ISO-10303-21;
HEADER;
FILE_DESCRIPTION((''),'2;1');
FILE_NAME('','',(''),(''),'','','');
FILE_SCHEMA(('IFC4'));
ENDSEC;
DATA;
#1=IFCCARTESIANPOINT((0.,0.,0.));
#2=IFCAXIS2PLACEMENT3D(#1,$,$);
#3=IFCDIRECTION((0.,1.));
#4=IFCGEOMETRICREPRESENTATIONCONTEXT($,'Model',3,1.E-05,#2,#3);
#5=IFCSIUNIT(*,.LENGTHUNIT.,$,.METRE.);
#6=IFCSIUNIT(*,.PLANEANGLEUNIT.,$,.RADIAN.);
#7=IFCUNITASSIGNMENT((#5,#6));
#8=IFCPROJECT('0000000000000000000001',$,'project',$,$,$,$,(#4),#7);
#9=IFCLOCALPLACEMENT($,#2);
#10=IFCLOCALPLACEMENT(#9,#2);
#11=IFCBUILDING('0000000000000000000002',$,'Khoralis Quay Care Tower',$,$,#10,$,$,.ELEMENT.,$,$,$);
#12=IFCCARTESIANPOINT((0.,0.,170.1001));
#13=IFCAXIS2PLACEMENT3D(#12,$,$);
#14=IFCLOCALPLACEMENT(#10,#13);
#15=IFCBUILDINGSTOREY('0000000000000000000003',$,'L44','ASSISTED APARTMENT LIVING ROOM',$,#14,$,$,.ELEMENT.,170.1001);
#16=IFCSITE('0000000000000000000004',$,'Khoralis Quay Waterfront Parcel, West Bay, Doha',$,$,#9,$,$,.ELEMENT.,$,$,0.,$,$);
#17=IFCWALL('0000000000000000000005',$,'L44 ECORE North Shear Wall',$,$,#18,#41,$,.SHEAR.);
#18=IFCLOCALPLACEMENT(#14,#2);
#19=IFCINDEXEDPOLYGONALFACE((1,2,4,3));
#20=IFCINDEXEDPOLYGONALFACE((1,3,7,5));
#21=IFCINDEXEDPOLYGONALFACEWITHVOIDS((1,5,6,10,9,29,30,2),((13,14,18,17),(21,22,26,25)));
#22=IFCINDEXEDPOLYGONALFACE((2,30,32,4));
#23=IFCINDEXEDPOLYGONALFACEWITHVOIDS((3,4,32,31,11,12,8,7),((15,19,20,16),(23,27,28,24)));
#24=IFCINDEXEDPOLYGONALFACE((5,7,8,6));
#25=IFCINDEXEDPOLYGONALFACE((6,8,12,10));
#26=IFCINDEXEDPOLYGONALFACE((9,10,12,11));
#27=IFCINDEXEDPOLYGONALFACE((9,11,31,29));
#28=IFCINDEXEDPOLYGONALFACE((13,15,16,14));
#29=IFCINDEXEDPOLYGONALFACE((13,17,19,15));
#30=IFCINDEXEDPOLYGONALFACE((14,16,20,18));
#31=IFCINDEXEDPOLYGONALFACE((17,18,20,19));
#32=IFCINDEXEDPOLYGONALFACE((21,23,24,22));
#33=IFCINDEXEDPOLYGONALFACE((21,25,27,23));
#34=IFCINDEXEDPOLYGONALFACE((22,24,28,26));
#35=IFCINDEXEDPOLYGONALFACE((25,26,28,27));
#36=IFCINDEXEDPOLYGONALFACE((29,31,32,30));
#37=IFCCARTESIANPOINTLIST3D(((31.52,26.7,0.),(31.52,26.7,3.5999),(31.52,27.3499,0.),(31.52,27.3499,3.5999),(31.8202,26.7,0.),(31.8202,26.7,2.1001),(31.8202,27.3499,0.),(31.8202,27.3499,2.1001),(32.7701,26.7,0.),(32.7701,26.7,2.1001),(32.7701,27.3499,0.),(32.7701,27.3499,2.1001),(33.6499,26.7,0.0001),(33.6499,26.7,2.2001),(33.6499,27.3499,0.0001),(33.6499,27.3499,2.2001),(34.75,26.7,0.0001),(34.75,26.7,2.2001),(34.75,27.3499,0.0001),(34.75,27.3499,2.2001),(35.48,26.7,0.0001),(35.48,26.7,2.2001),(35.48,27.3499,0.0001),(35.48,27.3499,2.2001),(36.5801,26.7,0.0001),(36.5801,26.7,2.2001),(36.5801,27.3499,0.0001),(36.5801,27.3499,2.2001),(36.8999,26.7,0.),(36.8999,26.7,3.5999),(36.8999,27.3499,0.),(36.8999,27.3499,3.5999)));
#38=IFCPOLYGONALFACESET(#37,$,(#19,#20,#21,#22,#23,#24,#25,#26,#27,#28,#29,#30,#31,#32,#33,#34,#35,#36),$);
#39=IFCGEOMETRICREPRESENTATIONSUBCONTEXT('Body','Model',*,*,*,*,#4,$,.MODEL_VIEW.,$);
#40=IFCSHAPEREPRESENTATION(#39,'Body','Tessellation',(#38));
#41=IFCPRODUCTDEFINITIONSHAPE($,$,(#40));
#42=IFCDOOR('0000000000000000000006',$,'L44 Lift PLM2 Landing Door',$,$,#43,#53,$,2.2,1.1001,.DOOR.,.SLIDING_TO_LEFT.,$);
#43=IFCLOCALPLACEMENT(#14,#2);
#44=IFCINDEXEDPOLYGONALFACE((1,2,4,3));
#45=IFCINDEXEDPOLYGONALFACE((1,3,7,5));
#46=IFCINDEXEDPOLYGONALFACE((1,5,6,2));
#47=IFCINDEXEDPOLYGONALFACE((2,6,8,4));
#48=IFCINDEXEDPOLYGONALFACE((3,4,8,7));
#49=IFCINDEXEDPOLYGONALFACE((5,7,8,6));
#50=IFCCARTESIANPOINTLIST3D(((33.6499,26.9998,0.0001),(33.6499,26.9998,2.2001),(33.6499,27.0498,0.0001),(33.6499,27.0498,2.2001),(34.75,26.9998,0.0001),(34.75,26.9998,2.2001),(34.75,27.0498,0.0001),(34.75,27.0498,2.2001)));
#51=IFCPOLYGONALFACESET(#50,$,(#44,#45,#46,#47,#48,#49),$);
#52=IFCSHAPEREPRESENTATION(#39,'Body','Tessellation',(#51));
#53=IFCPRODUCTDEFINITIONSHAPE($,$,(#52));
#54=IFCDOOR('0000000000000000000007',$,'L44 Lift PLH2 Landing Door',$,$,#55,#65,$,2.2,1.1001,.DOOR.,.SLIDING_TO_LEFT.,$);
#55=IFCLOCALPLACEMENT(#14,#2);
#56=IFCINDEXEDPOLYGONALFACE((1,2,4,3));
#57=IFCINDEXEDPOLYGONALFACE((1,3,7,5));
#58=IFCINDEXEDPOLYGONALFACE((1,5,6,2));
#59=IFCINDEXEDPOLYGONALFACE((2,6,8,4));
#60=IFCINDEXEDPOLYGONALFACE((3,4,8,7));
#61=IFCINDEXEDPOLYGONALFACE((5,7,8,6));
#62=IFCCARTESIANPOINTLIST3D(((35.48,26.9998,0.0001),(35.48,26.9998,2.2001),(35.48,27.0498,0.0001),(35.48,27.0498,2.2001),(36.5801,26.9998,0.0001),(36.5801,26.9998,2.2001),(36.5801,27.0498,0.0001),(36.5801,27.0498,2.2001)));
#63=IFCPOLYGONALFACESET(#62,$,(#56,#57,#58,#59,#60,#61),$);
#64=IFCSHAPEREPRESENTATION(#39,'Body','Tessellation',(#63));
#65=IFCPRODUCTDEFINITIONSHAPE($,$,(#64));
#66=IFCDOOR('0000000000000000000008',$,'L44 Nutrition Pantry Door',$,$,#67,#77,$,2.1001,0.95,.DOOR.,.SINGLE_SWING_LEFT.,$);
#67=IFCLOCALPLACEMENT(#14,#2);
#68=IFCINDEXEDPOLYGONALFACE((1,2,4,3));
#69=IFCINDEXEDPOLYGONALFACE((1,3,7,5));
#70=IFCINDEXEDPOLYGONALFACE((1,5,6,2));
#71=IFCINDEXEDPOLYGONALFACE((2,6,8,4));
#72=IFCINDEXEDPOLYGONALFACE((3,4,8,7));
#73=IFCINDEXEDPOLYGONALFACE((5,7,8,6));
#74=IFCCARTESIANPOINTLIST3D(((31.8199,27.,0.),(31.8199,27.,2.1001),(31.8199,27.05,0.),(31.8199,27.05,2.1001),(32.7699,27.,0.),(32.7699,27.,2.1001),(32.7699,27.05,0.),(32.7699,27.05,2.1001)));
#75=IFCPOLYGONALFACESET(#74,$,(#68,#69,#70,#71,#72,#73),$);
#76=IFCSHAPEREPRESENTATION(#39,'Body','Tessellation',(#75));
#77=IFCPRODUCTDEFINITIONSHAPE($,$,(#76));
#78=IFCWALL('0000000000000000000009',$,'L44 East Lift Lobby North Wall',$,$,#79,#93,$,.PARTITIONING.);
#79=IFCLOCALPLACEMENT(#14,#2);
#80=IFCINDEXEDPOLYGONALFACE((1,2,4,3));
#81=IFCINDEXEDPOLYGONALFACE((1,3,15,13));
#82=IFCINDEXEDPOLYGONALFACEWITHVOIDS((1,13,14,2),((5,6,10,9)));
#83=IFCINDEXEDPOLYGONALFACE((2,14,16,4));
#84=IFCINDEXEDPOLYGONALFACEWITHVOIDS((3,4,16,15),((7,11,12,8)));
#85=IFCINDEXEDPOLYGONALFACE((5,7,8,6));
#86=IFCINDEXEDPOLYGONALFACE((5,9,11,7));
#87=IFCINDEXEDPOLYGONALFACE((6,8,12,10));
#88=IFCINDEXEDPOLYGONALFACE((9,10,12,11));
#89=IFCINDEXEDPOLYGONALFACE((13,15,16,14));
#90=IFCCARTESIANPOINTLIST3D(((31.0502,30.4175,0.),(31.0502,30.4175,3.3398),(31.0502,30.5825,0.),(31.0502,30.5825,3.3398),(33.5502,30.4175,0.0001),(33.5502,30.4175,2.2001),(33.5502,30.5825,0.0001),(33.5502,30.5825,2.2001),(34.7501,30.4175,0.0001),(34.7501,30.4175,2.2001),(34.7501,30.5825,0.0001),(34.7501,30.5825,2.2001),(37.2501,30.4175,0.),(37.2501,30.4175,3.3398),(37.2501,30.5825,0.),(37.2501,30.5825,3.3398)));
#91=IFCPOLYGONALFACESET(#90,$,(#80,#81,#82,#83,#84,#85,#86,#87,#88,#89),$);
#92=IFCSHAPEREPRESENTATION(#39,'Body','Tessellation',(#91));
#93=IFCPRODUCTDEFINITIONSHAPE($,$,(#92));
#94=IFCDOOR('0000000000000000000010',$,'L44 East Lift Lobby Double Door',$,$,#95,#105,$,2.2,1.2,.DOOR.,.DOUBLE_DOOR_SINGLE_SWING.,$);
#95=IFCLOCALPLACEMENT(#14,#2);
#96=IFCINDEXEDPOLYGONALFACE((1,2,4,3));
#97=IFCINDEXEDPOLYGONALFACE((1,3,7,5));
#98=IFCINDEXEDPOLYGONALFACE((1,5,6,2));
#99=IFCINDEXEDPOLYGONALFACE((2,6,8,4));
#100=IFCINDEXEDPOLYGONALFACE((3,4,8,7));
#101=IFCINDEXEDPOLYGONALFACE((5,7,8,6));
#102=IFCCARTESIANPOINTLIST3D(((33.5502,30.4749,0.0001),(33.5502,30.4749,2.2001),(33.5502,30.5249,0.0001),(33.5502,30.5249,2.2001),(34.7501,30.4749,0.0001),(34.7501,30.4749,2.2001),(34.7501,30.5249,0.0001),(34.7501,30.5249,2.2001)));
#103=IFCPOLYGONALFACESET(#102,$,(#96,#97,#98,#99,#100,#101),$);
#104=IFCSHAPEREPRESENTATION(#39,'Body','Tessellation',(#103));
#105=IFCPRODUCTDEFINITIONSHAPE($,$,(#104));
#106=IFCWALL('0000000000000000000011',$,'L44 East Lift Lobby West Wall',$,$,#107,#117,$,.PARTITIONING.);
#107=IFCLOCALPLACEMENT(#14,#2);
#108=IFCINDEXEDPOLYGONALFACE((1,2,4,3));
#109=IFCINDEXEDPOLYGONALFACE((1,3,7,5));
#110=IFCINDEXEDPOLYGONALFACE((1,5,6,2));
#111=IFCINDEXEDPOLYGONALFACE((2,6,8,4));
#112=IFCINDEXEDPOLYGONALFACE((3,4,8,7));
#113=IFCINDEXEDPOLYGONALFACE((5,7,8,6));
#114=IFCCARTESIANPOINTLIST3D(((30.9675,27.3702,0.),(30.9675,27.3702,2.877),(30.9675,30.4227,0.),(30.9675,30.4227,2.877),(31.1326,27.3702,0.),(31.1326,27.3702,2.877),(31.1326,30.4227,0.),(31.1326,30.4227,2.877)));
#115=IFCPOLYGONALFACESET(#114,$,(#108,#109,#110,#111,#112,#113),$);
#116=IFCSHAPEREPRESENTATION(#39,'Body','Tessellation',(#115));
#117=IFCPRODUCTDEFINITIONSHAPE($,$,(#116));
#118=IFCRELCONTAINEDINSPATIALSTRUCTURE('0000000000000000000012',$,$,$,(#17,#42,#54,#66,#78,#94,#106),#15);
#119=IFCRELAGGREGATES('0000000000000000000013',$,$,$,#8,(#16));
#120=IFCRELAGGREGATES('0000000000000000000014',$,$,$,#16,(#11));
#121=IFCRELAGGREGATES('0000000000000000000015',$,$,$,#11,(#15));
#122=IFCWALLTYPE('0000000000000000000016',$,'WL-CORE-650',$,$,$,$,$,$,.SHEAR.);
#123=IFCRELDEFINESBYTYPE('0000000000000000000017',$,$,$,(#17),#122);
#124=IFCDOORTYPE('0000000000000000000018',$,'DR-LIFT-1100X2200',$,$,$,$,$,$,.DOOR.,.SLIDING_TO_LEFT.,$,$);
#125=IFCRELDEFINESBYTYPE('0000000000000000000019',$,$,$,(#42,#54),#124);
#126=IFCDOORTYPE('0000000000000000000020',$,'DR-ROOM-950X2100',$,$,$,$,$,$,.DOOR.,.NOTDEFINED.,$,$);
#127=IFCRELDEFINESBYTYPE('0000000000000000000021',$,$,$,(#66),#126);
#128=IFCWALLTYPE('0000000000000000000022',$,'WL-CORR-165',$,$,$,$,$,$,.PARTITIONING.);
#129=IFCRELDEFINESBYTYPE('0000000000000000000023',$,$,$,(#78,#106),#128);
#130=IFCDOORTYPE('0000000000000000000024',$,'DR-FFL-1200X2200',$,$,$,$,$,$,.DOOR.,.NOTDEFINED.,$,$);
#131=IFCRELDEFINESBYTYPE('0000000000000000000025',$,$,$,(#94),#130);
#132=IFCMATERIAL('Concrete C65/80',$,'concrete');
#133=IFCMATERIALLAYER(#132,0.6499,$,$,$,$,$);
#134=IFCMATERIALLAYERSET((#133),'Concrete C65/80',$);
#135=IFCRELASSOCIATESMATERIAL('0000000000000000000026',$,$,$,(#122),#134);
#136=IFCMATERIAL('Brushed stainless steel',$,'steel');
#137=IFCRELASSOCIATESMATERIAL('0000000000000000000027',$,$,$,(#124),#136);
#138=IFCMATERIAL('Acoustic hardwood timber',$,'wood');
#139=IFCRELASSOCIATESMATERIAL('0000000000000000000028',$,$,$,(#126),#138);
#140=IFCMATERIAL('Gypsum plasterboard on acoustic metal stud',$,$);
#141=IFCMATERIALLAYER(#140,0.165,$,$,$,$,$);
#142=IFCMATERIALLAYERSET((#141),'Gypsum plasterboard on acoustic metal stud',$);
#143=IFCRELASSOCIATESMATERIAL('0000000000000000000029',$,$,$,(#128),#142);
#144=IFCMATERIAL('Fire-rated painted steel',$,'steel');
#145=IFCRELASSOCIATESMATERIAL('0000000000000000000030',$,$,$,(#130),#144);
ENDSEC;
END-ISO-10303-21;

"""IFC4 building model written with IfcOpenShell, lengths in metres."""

from ifc_helpers import new_model, si_unit, direction, frame, frame_2d, origin, place, context, subcontext, project, spatial, rectangle, extrude, source, transform, mapped, material, layer, layer_set, type_object, element, fill, save


model = new_model("IFC4")

# Units and contexts
model_context = context("Model", 3, precision=1e-05, world=origin(), true_north=direction((0.0, 1.0)))
body_context = subcontext(model_context, "Body", "Model", "MODEL_VIEW")
ifc_project = project(units=[si_unit("LENGTHUNIT", "METRE"), si_unit("PLANEANGLEUNIT", "RADIAN")], contexts=[model_context])

# Site, building, storey
site_placement = place(None, origin())
site = spatial("IfcSite", under=ifc_project, at=site_placement, Name="Khoralis Quay Waterfront Parcel, West Bay, Doha", CompositionType="ELEMENT", RefElevation=0.0)
building_placement = place(site_placement, origin())
building = spatial("IfcBuilding", under=site, at=building_placement, Name="Khoralis Quay Care Tower", CompositionType="ELEMENT")
storey_placement = place(building_placement, frame((0.0, 0.0, 170.1001)))
storey = spatial("IfcBuildingStorey", under=building, at=storey_placement, Name="L44", Description="ASSISTED APARTMENT LIVING ROOM", CompositionType="ELEMENT", Elevation=170.1001)

# Shared definitions
ifc_material_1 = material(Name="Concrete C65/80", Category="concrete")

# Wall, openings, doors
ifc_layer_1 = layer(ifc_material_1, 0.6499)
ifc_layer_set_1 = layer_set([ifc_layer_1], Name="Concrete C65/80")
wall_type_1 = type_object("IfcWallType", Name="WL-CORE-650", PredefinedType="SHEAR", material=ifc_layer_set_1)
wall_1_placement = place(storey_placement, frame((31.52, 27.0249, 0.0), z_axis=(0.0, 0.0, 1.0), x_axis=(1.0, 0.0, 0.0)))
wall_1 = element("IfcWall", 1, at=wall_1_placement, inside=storey, type_object=wall_type_1, Name="L44 ECORE North Shear Wall", PredefinedType="SHEAR", context=body_context, shape_type="SweptSolid", body=[
    extrude(rectangle(XDim=5.3799, YDim=0.6499, at=frame_2d((2.6899, 0.0))), origin(), (0.0, 0.0, 1.0), 3.5999),
])
opening_1_placement = place(wall_1_placement, frame((0.3, 0.0, 0.0)))
opening_1 = element("IfcOpeningElement", 2, at=opening_1_placement, cuts=wall_1, PredefinedType="OPENING", context=body_context, shape_type="SweptSolid", body=[
    extrude(rectangle(XDim=0.95, YDim=2.1001, at=frame_2d((0.4751, 1.05))), frame((0.0, 0.335, 0.0), z_axis=(0.0, -1.0, 0.0), x_axis=(1.0, 0.0, 0.0)), (0.0, 0.0, 1.0), 0.6699),
])
opening_2_placement = place(wall_1_placement, frame((2.1299, 0.0, 0.0)))
opening_2 = element("IfcOpeningElement", 3, at=opening_2_placement, cuts=wall_1, PredefinedType="OPENING", context=body_context, shape_type="SweptSolid", body=[
    extrude(rectangle(XDim=1.1001, YDim=2.2, at=frame_2d((0.55, 1.1001))), frame((0.0, 0.335, 0.0), z_axis=(0.0, -1.0, 0.0), x_axis=(1.0, 0.0, 0.0)), (0.0, 0.0, 1.0), 0.6699),
])
opening_3_placement = place(wall_1_placement, frame((3.96, 0.0, 0.0)))
opening_3 = element("IfcOpeningElement", 4, at=opening_3_placement, cuts=wall_1, PredefinedType="OPENING", context=body_context, shape_type="SweptSolid", body=[
    extrude(rectangle(XDim=1.1001, YDim=2.2, at=frame_2d((0.55, 1.1001))), frame((0.0, 0.335, 0.0), z_axis=(0.0, -1.0, 0.0), x_axis=(1.0, 0.0, 0.0)), (0.0, 0.0, 1.0), 0.6699),
])
ifc_material_2 = material(Name="Brushed stainless steel", Category="steel")
door_type_1 = type_object("IfcDoorType", Name="DR-LIFT-1100X2200", OperationType="SLIDING_TO_LEFT", PredefinedType="DOOR", material=ifc_material_2)
shared_shape_1 = source(origin(), body_context, "Body", "SweptSolid", [
    extrude(rectangle(XDim=1.1001, YDim=2.2, at=frame_2d((0.55, 1.1001))), frame((0.0, 0.0249, 0.0), z_axis=(0.0, -1.0, 0.0), x_axis=(1.0, 0.0, 0.0)), (0.0, 0.0, 1.0), 0.05),
])
door_1_placement = place(opening_2_placement, origin())
door_1 = element("IfcDoor", 5, at=door_1_placement, inside=storey, type_object=door_type_1, Name="L44 Lift PLM2 Landing Door", OperationType="SLIDING_TO_LEFT", OverallHeight=2.2, OverallWidth=1.1001, PredefinedType="DOOR", context=body_context, shape_type="MappedRepresentation", body=[
    mapped(shared_shape_1, transform((0.0, 0.0, 0.0), scale=1.0)),
])
fill(opening_2, door_1)
door_2_placement = place(opening_3_placement, origin())
door_2 = element("IfcDoor", 6, at=door_2_placement, inside=storey, type_object=door_type_1, Name="L44 Lift PLH2 Landing Door", OperationType="SLIDING_TO_LEFT", OverallHeight=2.2, OverallWidth=1.1001, PredefinedType="DOOR", context=body_context, shape_type="MappedRepresentation", body=[
    mapped(shared_shape_1, transform((0.0, 0.0, 0.0), scale=1.0)),
])
fill(opening_3, door_2)
ifc_material_3 = material(Name="Acoustic hardwood timber", Category="wood")
door_type_2 = type_object("IfcDoorType", Name="DR-ROOM-950X2100", OperationType="NOTDEFINED", PredefinedType="DOOR", material=ifc_material_3)
shared_shape_2 = source(origin(), body_context, "Body", "SweptSolid", [
    extrude(rectangle(XDim=0.95, YDim=2.1001, at=frame_2d((0.4751, 1.05))), frame((0.0, 0.0249, 0.0), z_axis=(0.0, -1.0, 0.0), x_axis=(1.0, 0.0, 0.0)), (0.0, 0.0, 1.0), 0.05),
])
door_3_placement = place(opening_1_placement, frame((0.95, 0.0, 0.0), z_axis=(0.0, 0.0, 1.0), x_axis=(-1.0, 0.0, 0.0)))
door_3 = element("IfcDoor", 7, at=door_3_placement, inside=storey, type_object=door_type_2, Name="L44 Nutrition Pantry Door", OperationType="SINGLE_SWING_LEFT", OverallHeight=2.1001, OverallWidth=0.95, PredefinedType="DOOR", context=body_context, shape_type="MappedRepresentation", body=[
    mapped(shared_shape_2, transform((0.0, 0.0, 0.0), scale=1.0)),
])
fill(opening_1, door_3)

# Wall, opening, door
ifc_material_4 = material(Name="Gypsum plasterboard on acoustic metal stud")
ifc_layer_2 = layer(ifc_material_4, 0.165)
ifc_layer_set_2 = layer_set([ifc_layer_2], Name="Gypsum plasterboard on acoustic metal stud")
wall_type_2 = type_object("IfcWallType", Name="WL-CORR-165", PredefinedType="PARTITIONING", material=ifc_layer_set_2)
wall_2_placement = place(storey_placement, frame((31.05, 30.5, 0.0), z_axis=(0.0, 0.0, 1.0), x_axis=(1.0, 0.0, 0.0)))
wall_2 = element("IfcWall", 8, at=wall_2_placement, inside=storey, type_object=wall_type_2, Name="L44 East Lift Lobby North Wall", PredefinedType="PARTITIONING", context=body_context, shape_type="SweptSolid", body=[
    extrude(rectangle(XDim=6.2, YDim=0.165, at=frame_2d((3.1001, 0.0))), origin(), (0.0, 0.0, 1.0), 3.3398),
])
opening_4_placement = place(wall_2_placement, frame((2.5, 0.0, 0.0)))
opening_4 = element("IfcOpeningElement", 9, at=opening_4_placement, cuts=wall_2, PredefinedType="OPENING", context=body_context, shape_type="SweptSolid", body=[
    extrude(rectangle(XDim=1.2, YDim=2.2, at=frame_2d((0.6001, 1.1001))), frame((0.0, 0.0925, 0.0), z_axis=(0.0, -1.0, 0.0), x_axis=(1.0, 0.0, 0.0)), (0.0, 0.0, 1.0), 0.1851),
])
ifc_material_5 = material(Name="Fire-rated painted steel", Category="steel")
door_type_3 = type_object("IfcDoorType", Name="DR-FFL-1200X2200", OperationType="NOTDEFINED", PredefinedType="DOOR", material=ifc_material_5)
shared_shape_3 = source(origin(), body_context, "Body", "SweptSolid", [
    extrude(rectangle(XDim=1.2, YDim=2.2, at=frame_2d((0.6001, 1.1001))), frame((0.0, 0.0249, 0.0), z_axis=(0.0, -1.0, 0.0), x_axis=(1.0, 0.0, 0.0)), (0.0, 0.0, 1.0), 0.05),
])
door_4_placement = place(opening_4_placement, origin())
door_4 = element("IfcDoor", 10, at=door_4_placement, inside=storey, type_object=door_type_3, Name="L44 East Lift Lobby Double Door", OperationType="DOUBLE_DOOR_SINGLE_SWING", OverallHeight=2.2, OverallWidth=1.2, PredefinedType="DOOR", context=body_context, shape_type="MappedRepresentation", body=[
    mapped(shared_shape_3, transform((0.0, 0.0, 0.0), scale=1.0)),
])
fill(opening_4, door_4)

# Wall
wall_3_placement = place(storey_placement, frame((31.05, 27.3701, 0.0), z_axis=(0.0, 0.0, 1.0), x_axis=(0.0, 1.0, 0.0)))
element("IfcWall", 11, at=wall_3_placement, inside=storey, type_object=wall_type_2, Name="L44 East Lift Lobby West Wall", PredefinedType="PARTITIONING", context=body_context, shape_type="SweptSolid", body=[
    extrude(rectangle(XDim=3.0525, YDim=0.165, at=frame_2d((1.5264, 0.0))), origin(), (0.0, 0.0, 1.0), 2.877),
])

save(model, "model.ifc")
